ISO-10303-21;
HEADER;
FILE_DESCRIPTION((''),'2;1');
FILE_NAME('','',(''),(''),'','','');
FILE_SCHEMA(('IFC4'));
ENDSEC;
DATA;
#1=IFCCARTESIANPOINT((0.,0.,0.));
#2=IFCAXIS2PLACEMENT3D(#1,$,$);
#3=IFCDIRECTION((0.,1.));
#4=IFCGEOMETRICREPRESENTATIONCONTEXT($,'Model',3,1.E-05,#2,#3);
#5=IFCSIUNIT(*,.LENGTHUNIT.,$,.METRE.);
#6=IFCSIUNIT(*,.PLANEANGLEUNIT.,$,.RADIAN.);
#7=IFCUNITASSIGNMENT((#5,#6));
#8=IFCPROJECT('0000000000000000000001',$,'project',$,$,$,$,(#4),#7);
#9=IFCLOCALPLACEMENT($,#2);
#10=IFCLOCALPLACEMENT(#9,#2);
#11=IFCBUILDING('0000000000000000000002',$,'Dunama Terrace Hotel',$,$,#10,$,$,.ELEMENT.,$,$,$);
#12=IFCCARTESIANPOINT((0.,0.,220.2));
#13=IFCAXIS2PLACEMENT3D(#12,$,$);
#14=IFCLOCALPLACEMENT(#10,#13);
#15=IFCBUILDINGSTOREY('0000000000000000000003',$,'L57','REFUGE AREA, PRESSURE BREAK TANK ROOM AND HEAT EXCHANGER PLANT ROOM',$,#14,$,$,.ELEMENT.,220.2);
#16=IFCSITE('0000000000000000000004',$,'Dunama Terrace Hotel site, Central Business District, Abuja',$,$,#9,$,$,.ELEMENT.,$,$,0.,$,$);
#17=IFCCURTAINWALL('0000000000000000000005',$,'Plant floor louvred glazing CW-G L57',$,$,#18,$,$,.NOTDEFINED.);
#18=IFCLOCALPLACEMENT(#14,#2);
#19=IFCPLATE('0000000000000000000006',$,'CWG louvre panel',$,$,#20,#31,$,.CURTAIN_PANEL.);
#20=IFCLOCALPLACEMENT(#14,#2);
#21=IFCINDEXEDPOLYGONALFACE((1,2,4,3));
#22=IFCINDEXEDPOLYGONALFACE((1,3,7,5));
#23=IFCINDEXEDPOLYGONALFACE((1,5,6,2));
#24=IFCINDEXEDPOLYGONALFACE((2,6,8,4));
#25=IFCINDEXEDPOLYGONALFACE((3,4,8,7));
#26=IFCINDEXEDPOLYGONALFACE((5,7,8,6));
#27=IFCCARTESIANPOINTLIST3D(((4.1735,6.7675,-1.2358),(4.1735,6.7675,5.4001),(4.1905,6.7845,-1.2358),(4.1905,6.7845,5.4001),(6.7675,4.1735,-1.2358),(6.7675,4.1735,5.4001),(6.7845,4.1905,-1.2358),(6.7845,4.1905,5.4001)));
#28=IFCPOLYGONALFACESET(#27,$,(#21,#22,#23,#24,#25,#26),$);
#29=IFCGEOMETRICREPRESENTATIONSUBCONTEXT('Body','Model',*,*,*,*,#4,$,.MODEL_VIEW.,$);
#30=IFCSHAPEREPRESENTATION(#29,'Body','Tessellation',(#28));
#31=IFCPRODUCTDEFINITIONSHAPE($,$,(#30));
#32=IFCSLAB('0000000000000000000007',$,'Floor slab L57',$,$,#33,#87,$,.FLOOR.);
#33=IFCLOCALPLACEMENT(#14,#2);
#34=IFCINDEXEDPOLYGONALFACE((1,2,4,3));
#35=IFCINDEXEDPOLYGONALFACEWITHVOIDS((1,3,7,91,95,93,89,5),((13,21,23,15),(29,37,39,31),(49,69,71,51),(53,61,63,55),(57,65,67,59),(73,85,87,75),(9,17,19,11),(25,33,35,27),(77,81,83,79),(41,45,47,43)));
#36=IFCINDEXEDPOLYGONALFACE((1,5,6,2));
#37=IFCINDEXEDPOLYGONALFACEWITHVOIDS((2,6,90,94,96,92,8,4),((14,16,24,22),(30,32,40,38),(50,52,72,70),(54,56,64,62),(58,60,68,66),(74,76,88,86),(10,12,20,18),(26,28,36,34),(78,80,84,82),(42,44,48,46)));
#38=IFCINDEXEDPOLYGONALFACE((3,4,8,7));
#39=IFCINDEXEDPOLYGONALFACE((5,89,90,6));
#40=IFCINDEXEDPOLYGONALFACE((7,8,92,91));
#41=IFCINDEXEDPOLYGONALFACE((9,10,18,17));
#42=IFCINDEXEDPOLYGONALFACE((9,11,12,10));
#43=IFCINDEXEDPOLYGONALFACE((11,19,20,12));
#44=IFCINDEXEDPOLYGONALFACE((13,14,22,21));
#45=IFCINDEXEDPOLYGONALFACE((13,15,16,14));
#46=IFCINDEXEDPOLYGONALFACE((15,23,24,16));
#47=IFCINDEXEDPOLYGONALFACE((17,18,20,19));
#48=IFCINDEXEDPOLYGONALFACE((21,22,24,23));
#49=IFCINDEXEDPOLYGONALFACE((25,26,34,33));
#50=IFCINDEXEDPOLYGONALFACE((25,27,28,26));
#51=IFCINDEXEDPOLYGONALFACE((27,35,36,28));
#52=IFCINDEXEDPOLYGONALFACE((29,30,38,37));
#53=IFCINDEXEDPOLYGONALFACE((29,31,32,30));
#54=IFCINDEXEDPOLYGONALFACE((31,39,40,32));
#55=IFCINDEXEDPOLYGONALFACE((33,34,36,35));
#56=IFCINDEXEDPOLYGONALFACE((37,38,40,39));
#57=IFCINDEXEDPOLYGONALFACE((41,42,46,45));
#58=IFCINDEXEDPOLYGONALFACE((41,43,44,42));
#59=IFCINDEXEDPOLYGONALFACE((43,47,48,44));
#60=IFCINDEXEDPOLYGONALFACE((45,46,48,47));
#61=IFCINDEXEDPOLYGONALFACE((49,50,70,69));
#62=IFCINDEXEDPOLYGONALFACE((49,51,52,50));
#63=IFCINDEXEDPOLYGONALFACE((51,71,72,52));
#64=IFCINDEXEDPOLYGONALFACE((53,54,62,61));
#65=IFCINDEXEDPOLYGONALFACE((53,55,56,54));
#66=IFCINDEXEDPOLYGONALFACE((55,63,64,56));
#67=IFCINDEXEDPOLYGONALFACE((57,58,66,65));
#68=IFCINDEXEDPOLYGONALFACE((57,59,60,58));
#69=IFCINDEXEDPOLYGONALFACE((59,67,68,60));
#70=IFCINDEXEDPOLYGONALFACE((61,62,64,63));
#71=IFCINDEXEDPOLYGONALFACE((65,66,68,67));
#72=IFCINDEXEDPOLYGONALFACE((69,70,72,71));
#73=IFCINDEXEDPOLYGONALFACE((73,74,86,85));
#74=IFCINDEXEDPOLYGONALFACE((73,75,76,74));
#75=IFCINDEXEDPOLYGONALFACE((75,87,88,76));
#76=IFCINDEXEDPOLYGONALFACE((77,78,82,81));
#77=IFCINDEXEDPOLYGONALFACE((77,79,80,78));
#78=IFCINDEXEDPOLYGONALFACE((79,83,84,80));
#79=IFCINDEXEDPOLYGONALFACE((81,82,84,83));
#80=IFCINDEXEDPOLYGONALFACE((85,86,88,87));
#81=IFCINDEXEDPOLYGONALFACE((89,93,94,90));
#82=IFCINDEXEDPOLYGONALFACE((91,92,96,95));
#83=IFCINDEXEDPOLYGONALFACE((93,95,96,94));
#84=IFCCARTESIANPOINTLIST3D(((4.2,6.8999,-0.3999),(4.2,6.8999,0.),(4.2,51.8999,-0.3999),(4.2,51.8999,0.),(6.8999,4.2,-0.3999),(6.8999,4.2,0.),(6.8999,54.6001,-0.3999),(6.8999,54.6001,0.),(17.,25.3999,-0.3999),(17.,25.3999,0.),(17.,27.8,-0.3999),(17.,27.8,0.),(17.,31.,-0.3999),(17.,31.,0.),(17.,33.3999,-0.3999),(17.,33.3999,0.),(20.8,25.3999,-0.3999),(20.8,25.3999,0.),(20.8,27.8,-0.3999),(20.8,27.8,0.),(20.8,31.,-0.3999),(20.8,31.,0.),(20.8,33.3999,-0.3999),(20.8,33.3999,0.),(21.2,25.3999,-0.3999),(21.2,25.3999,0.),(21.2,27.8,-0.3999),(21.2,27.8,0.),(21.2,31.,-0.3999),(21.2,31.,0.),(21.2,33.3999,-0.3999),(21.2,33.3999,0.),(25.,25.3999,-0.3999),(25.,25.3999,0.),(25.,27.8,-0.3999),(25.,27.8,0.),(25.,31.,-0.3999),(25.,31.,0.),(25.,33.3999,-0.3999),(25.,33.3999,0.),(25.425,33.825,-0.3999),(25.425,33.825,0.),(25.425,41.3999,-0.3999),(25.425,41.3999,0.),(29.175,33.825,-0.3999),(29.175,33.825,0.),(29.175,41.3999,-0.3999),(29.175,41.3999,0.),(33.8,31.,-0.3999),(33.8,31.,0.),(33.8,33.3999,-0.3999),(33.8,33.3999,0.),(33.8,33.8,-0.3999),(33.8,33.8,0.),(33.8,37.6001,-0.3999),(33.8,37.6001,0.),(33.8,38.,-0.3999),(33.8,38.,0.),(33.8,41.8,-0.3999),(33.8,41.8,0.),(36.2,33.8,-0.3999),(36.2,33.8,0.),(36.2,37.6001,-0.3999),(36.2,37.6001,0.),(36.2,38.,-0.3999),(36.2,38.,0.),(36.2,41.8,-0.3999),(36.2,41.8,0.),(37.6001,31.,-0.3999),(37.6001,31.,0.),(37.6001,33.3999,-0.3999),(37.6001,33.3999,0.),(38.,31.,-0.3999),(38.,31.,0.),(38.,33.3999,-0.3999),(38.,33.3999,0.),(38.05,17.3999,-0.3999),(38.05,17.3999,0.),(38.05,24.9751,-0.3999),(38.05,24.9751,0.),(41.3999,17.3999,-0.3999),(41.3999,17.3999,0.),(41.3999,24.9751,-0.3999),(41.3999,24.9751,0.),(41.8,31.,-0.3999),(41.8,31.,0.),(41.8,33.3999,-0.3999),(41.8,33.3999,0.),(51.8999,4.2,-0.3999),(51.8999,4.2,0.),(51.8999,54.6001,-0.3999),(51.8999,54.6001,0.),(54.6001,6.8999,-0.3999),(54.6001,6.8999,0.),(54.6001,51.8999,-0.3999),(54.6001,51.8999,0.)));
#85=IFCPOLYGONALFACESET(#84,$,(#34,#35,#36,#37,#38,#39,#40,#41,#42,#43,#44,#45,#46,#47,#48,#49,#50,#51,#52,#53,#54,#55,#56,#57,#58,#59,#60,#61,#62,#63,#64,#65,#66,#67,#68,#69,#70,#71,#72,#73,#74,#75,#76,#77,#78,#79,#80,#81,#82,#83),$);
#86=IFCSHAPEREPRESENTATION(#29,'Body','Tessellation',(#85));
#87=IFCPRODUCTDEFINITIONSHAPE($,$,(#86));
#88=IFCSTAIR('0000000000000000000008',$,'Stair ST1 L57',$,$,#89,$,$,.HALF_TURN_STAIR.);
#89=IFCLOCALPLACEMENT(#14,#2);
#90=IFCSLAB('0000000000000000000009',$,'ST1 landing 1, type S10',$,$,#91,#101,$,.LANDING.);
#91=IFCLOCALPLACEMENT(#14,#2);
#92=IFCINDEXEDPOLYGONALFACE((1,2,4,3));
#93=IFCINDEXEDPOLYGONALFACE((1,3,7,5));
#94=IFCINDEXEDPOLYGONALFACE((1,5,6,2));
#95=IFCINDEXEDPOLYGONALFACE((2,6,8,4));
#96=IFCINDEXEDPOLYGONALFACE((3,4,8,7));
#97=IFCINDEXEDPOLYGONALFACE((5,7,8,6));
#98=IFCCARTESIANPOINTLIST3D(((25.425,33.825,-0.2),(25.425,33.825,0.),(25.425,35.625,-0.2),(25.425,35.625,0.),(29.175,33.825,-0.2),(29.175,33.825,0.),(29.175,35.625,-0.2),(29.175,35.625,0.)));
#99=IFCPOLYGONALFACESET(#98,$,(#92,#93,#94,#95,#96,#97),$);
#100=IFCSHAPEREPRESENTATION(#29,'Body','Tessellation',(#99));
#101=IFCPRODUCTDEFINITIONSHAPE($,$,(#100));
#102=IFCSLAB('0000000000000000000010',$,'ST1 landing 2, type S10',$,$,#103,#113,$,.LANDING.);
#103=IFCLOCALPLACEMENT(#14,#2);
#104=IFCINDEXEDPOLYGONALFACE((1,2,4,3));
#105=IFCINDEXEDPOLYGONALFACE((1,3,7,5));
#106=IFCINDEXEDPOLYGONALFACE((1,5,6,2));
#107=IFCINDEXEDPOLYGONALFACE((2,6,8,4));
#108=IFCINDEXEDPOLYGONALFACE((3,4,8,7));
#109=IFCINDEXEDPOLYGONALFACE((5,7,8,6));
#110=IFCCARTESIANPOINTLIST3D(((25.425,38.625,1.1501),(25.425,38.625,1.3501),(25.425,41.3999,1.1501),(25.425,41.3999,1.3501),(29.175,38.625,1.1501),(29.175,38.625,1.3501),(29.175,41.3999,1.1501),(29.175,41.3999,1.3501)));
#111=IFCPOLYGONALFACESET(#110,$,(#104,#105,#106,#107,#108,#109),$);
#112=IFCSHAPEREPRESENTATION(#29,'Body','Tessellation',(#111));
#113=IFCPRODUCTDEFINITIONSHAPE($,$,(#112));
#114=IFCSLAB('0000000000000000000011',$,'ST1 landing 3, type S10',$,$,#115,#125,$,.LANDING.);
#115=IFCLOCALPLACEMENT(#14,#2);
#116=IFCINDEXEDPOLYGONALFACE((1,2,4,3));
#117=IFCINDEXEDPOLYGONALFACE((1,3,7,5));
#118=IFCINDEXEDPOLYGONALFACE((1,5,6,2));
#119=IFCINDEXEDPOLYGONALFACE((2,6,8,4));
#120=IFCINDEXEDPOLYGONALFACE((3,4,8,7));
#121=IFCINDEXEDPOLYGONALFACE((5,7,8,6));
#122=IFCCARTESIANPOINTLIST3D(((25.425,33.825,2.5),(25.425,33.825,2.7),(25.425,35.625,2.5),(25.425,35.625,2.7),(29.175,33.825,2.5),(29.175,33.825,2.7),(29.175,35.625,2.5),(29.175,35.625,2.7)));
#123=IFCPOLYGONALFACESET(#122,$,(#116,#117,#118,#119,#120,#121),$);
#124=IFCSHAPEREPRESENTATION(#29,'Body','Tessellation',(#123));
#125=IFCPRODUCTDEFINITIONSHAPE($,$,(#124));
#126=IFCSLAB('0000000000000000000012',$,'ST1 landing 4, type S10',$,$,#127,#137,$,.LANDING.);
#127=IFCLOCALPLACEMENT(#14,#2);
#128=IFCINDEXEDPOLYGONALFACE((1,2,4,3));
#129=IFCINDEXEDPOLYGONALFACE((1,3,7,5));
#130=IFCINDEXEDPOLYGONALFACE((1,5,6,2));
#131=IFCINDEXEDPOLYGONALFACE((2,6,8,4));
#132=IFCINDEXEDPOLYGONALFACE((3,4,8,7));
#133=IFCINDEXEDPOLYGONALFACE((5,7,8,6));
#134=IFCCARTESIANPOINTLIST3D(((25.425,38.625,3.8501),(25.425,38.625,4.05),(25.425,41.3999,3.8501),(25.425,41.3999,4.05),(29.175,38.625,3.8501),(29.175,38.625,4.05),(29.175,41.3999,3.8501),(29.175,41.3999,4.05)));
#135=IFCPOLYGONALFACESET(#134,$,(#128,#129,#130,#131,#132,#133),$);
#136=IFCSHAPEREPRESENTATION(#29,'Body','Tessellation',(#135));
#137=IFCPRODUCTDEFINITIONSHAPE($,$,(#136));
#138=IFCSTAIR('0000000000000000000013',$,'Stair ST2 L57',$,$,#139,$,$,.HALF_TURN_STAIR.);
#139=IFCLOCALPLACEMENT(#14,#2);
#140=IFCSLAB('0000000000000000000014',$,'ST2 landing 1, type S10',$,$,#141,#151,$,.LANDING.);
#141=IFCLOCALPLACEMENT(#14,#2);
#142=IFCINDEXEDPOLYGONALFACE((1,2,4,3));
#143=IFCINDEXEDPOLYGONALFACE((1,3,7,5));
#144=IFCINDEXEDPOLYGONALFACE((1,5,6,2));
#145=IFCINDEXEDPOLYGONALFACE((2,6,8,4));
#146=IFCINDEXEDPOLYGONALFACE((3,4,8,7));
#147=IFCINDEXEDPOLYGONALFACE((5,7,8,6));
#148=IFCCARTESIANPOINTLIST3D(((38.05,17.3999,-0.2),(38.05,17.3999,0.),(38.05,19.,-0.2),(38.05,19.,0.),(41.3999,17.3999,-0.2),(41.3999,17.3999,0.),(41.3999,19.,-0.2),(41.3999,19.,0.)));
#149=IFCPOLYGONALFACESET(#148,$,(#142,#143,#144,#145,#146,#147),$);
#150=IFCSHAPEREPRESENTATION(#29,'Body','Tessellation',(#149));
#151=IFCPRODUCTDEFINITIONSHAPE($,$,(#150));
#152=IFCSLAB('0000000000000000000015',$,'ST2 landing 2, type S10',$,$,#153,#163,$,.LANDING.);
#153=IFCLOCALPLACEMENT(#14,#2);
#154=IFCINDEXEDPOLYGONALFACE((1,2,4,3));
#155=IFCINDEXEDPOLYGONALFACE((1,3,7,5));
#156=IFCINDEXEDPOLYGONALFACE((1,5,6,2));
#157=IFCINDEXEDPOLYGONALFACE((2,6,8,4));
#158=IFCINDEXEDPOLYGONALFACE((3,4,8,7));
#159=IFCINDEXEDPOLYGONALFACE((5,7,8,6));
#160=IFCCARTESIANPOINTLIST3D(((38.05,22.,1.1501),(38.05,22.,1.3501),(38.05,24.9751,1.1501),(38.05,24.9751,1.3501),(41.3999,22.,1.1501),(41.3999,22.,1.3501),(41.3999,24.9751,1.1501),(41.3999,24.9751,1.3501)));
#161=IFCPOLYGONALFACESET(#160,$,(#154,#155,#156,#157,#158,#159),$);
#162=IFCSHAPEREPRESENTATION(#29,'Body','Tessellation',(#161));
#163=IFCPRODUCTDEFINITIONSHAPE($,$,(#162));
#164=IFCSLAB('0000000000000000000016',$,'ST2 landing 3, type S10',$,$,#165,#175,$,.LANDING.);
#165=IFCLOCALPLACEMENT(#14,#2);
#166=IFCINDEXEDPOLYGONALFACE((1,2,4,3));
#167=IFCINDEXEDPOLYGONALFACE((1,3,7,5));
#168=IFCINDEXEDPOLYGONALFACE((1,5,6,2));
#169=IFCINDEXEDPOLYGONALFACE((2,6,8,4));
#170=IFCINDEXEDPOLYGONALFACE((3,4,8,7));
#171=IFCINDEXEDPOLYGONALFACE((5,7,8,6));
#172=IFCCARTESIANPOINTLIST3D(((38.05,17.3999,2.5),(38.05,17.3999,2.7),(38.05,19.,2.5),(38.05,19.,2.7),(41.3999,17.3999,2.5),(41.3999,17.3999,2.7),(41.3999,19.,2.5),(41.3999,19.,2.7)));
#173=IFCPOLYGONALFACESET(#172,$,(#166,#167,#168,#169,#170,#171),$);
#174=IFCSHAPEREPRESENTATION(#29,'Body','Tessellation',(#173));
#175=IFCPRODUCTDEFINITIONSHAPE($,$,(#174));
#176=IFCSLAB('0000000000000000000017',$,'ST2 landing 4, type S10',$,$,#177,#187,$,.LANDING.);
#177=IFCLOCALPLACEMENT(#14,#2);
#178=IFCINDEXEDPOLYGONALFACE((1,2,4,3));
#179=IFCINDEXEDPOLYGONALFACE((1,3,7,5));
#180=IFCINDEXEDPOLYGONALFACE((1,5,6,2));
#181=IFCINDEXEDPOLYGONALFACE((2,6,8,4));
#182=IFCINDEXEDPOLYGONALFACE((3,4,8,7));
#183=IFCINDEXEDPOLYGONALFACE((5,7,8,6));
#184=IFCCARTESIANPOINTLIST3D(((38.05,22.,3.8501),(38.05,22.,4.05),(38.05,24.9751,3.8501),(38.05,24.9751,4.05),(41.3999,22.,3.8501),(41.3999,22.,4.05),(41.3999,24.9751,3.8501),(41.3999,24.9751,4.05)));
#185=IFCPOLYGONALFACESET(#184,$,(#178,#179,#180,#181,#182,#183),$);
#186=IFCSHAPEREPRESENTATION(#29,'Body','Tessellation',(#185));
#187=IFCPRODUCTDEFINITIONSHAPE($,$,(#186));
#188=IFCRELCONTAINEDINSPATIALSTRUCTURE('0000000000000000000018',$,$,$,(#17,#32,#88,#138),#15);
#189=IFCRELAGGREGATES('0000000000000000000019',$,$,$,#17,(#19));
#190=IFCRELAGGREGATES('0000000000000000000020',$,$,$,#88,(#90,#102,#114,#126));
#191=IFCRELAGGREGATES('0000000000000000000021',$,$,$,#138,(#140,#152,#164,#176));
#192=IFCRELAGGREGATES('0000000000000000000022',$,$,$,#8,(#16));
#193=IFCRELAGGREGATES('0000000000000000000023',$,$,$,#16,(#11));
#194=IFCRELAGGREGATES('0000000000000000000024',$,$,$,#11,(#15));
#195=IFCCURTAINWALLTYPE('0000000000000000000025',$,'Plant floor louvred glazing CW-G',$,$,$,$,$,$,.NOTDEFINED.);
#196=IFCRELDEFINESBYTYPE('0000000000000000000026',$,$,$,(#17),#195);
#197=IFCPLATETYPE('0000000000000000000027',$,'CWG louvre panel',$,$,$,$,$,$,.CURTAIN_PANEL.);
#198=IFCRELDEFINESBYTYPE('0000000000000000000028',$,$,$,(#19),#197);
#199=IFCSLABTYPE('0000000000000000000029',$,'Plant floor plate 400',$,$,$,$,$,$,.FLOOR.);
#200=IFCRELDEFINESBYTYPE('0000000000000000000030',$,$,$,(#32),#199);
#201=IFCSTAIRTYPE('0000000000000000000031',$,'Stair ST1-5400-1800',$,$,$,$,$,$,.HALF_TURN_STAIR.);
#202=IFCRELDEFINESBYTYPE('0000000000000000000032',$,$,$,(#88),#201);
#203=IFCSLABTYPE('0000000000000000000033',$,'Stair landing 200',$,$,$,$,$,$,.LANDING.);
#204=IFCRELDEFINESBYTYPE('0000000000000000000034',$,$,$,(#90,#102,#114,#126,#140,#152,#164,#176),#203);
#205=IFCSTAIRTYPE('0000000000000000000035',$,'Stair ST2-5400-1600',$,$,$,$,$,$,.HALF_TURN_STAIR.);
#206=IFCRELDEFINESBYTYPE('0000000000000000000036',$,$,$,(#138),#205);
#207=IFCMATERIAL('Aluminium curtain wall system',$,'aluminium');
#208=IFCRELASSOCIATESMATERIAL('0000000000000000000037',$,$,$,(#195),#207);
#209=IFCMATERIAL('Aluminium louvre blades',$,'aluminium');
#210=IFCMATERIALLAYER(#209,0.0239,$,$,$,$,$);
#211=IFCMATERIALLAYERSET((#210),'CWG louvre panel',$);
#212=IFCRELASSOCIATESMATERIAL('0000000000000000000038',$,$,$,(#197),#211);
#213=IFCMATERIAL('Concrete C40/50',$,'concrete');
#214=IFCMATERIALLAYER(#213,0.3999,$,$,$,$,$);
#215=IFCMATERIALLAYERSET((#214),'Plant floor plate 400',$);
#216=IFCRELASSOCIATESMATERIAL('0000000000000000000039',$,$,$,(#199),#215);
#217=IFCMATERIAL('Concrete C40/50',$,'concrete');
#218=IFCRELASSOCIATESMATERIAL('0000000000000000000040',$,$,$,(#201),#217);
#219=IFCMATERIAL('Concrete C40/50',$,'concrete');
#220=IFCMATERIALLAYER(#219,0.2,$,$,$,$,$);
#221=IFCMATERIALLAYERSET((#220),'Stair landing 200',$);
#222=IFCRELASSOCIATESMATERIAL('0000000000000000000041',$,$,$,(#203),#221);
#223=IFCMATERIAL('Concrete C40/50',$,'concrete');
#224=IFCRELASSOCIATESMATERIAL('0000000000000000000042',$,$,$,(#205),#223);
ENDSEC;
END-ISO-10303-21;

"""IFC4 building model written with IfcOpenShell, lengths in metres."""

from ifc_helpers import new_model, si_unit, direction, frame, origin, origin_2d, place, context, subcontext, project, spatial, polyline, rectangle, outline, extrude, material, layer, layer_set, type_object, element, aggregate, save


model = new_model("IFC4")

# Units and contexts
model_context = context("Model", 3, precision=1e-05, world=origin(), true_north=direction((0.0, 1.0)))
body_context = subcontext(model_context, "Body", "Model", "MODEL_VIEW")
ifc_project = project(units=[si_unit("LENGTHUNIT", "METRE"), si_unit("PLANEANGLEUNIT", "RADIAN")], contexts=[model_context])

# Site, building, storey
site_placement = place(None, origin())
site = spatial("IfcSite", under=ifc_project, at=site_placement, Name="Dunama Terrace Hotel site, Central Business District, Abuja", CompositionType="ELEMENT", RefElevation=0.0)
building_placement = place(site_placement, origin())
building = spatial("IfcBuilding", under=site, at=building_placement, Name="Dunama Terrace Hotel", CompositionType="ELEMENT")
storey_placement = place(building_placement, frame((0.0, 0.0, 220.2)))
storey = spatial("IfcBuildingStorey", under=building, at=storey_placement, Name="L57", Description="REFUGE AREA, PRESSURE BREAK TANK ROOM AND HEAT EXCHANGER PLANT ROOM", CompositionType="ELEMENT", Elevation=220.2)

# Curtain wall
ifc_material_1 = material(Name="Aluminium curtain wall system", Category="aluminium")
curtain_wall_type = type_object("IfcCurtainWallType", Name="Plant floor louvred glazing CW-G", PredefinedType="NOTDEFINED", material=ifc_material_1)
curtain_wall_1_placement = place(storey_placement, origin())
curtain_wall_1 = element("IfcCurtainWall", 1, at=curtain_wall_1_placement, inside=storey, type_object=curtain_wall_type, Name="Plant floor louvred glazing CW-G L57", PredefinedType="NOTDEFINED")

# Plate
ifc_material_2 = material(Name="Aluminium louvre blades", Category="aluminium")
ifc_layer_1 = layer(ifc_material_2, 0.0239)
ifc_layer_set_1 = layer_set([ifc_layer_1], Name="CWG louvre panel")
plate_type = type_object("IfcPlateType", Name="CWG louvre panel", PredefinedType="CURTAIN_PANEL", material=ifc_layer_set_1)
plate_1_placement = place(storey_placement, frame((5.479, 5.479, -1.2358), z_axis=(0.0, 0.0, 1.0), x_axis=(0.707107, -0.707107, 0.0)))
plate_1 = element("IfcPlate", 2, at=plate_1_placement, type_object=plate_type, Name="CWG louvre panel", PredefinedType="CURTAIN_PANEL", context=body_context, shape_type="SweptSolid", body=[
    extrude(rectangle(XDim=3.6685, YDim=0.0239, at=origin_2d()), origin(), (0.0, 0.0, 1.0), 6.636),
])
aggregate(curtain_wall_1, [plate_1])

# Slab
ifc_material_3 = material(Name="Concrete C40/50", Category="concrete")
ifc_layer_2 = layer(ifc_material_3, 0.3999)
ifc_layer_set_2 = layer_set([ifc_layer_2], Name="Plant floor plate 400")
slab_type_1 = type_object("IfcSlabType", Name="Plant floor plate 400", PredefinedType="FLOOR", material=ifc_layer_set_2)
slab_1_placement = place(storey_placement, frame((0.0, 0.0, -0.3999)))
element("IfcSlab", 3, at=slab_1_placement, inside=storey, type_object=slab_type_1, Name="Floor slab L57", PredefinedType="FLOOR", context=body_context, shape_type="SweptSolid", body=[
    extrude(outline(polyline([(6.8999, 4.2), (51.8999, 4.2), (54.6001, 6.8999), (54.6001, 51.8999), (51.8999, 54.6001), (6.8999, 54.6001), (4.2, 51.8999), (4.2, 6.8999), (6.8999, 4.2)]), holes=[polyline([(20.8, 25.3999), (20.8, 27.8), (17.0, 27.8), (17.0, 25.3999), (20.8, 25.3999)]), polyline([(25.0, 25.3999), (25.0, 27.8), (21.2, 27.8), (21.2, 25.3999), (25.0, 25.3999)]), polyline([(20.8, 31.0), (20.8, 33.3999), (17.0, 33.3999), (17.0, 31.0), (20.8, 31.0)]), polyline([(25.0, 31.0), (25.0, 33.3999), (21.2, 33.3999), (21.2, 31.0), (25.0, 31.0)]), polyline([(37.6001, 31.0), (37.6001, 33.3999), (33.8, 33.3999), (33.8, 31.0), (37.6001, 31.0)]), polyline([(41.8, 31.0), (41.8, 33.3999), (38.0, 33.3999), (38.0, 31.0), (41.8, 31.0)]), polyline([(36.2, 38.0), (36.2, 41.8), (33.8, 41.8), (33.8, 38.0), (36.2, 38.0)]), polyline([(36.2, 33.8), (36.2, 37.6001), (33.8, 37.6001), (33.8, 33.8), (36.2, 33.8)]), polyline([(29.175, 33.825), (29.175, 41.3999), (25.425, 41.3999), (25.425, 33.825), (29.175, 33.825)]), polyline([(41.3999, 17.3999), (41.3999, 24.9751), (38.05, 24.9751), (38.05, 17.3999), (41.3999, 17.3999)])]), origin(), (0.0, 0.0, 1.0), 0.3999),
])

# Stairs, slabs
ifc_material_4 = material(Name="Concrete C40/50", Category="concrete")
stair_type_1 = type_object("IfcStairType", Name="Stair ST1-5400-1800", PredefinedType="HALF_TURN_STAIR", material=ifc_material_4)
stair_1_placement = place(storey_placement, origin())
stair_1 = element("IfcStair", 4, at=stair_1_placement, inside=storey, type_object=stair_type_1, Name="Stair ST1 L57", PredefinedType="HALF_TURN_STAIR")
ifc_material_5 = material(Name="Concrete C40/50", Category="concrete")
ifc_layer_3 = layer(ifc_material_5, 0.2)
ifc_layer_set_3 = layer_set([ifc_layer_3], Name="Stair landing 200")
slab_type_2 = type_object("IfcSlabType", Name="Stair landing 200", PredefinedType="LANDING", material=ifc_layer_set_3)
slab_2_placement = place(storey_placement, frame((0.0, 0.0, -0.2)))
slab_2 = element("IfcSlab", 5, at=slab_2_placement, type_object=slab_type_2, Name="ST1 landing 1, type S10", PredefinedType="LANDING", context=body_context, shape_type="SweptSolid", body=[
    extrude(outline(polyline([(25.425, 33.825), (29.175, 33.825), (29.175, 35.625), (25.425, 35.625), (25.425, 33.825)])), origin(), (0.0, 0.0, 1.0), 0.2),
])
slab_3_placement = place(storey_placement, frame((0.0, 0.0, 1.1501)))
slab_3 = element("IfcSlab", 6, at=slab_3_placement, type_object=slab_type_2, Name="ST1 landing 2, type S10", PredefinedType="LANDING", context=body_context, shape_type="SweptSolid", body=[
    extrude(outline(polyline([(25.425, 38.625), (29.175, 38.625), (29.175, 41.3999), (25.425, 41.3999), (25.425, 38.625)])), origin(), (0.0, 0.0, 1.0), 0.2),
])
slab_4_placement = place(storey_placement, frame((0.0, 0.0, 2.5)))
slab_4 = element("IfcSlab", 7, at=slab_4_placement, type_object=slab_type_2, Name="ST1 landing 3, type S10", PredefinedType="LANDING", context=body_context, shape_type="SweptSolid", body=[
    extrude(outline(polyline([(25.425, 33.825), (29.175, 33.825), (29.175, 35.625), (25.425, 35.625), (25.425, 33.825)])), origin(), (0.0, 0.0, 1.0), 0.2),
])
slab_5_placement = place(storey_placement, frame((0.0, 0.0, 3.8501)))
slab_5 = element("IfcSlab", 8, at=slab_5_placement, type_object=slab_type_2, Name="ST1 landing 4, type S10", PredefinedType="LANDING", context=body_context, shape_type="SweptSolid", body=[
    extrude(outline(polyline([(25.425, 38.625), (29.175, 38.625), (29.175, 41.3999), (25.425, 41.3999), (25.425, 38.625)])), origin(), (0.0, 0.0, 1.0), 0.2),
])
aggregate(stair_1, [slab_2, slab_3, slab_4, slab_5])
ifc_material_6 = material(Name="Concrete C40/50", Category="concrete")
stair_type_2 = type_object("IfcStairType", Name="Stair ST2-5400-1600", PredefinedType="HALF_TURN_STAIR", material=ifc_material_6)
stair_2_placement = place(storey_placement, origin())
stair_2 = element("IfcStair", 9, at=stair_2_placement, inside=storey, type_object=stair_type_2, Name="Stair ST2 L57", PredefinedType="HALF_TURN_STAIR")
slab_6_placement = place(storey_placement, frame((0.0, 0.0, -0.2)))
slab_6 = element("IfcSlab", 10, at=slab_6_placement, type_object=slab_type_2, Name="ST2 landing 1, type S10", PredefinedType="LANDING", context=body_context, shape_type="SweptSolid", body=[
    extrude(outline(polyline([(38.05, 17.3999), (41.3999, 17.3999), (41.3999, 19.0), (38.05, 19.0), (38.05, 17.3999)])), origin(), (0.0, 0.0, 1.0), 0.2),
])
slab_7_placement = place(storey_placement, frame((0.0, 0.0, 1.1501)))
slab_7 = element("IfcSlab", 11, at=slab_7_placement, type_object=slab_type_2, Name="ST2 landing 2, type S10", PredefinedType="LANDING", context=body_context, shape_type="SweptSolid", body=[
    extrude(outline(polyline([(38.05, 22.0), (41.3999, 22.0), (41.3999, 24.9751), (38.05, 24.9751), (38.05, 22.0)])), origin(), (0.0, 0.0, 1.0), 0.2),
])
slab_8_placement = place(storey_placement, frame((0.0, 0.0, 2.5)))
slab_8 = element("IfcSlab", 12, at=slab_8_placement, type_object=slab_type_2, Name="ST2 landing 3, type S10", PredefinedType="LANDING", context=body_context, shape_type="SweptSolid", body=[
    extrude(outline(polyline([(38.05, 17.3999), (41.3999, 17.3999), (41.3999, 19.0), (38.05, 19.0), (38.05, 17.3999)])), origin(), (0.0, 0.0, 1.0), 0.2),
])
slab_9_placement = place(storey_placement, frame((0.0, 0.0, 3.8501)))
slab_9 = element("IfcSlab", 13, at=slab_9_placement, type_object=slab_type_2, Name="ST2 landing 4, type S10", PredefinedType="LANDING", context=body_context, shape_type="SweptSolid", body=[
    extrude(outline(polyline([(38.05, 22.0), (41.3999, 22.0), (41.3999, 24.9751), (38.05, 24.9751), (38.05, 22.0)])), origin(), (0.0, 0.0, 1.0), 0.2),
])
aggregate(stair_2, [slab_6, slab_7, slab_8, slab_9])

save(model, "model.ifc")
